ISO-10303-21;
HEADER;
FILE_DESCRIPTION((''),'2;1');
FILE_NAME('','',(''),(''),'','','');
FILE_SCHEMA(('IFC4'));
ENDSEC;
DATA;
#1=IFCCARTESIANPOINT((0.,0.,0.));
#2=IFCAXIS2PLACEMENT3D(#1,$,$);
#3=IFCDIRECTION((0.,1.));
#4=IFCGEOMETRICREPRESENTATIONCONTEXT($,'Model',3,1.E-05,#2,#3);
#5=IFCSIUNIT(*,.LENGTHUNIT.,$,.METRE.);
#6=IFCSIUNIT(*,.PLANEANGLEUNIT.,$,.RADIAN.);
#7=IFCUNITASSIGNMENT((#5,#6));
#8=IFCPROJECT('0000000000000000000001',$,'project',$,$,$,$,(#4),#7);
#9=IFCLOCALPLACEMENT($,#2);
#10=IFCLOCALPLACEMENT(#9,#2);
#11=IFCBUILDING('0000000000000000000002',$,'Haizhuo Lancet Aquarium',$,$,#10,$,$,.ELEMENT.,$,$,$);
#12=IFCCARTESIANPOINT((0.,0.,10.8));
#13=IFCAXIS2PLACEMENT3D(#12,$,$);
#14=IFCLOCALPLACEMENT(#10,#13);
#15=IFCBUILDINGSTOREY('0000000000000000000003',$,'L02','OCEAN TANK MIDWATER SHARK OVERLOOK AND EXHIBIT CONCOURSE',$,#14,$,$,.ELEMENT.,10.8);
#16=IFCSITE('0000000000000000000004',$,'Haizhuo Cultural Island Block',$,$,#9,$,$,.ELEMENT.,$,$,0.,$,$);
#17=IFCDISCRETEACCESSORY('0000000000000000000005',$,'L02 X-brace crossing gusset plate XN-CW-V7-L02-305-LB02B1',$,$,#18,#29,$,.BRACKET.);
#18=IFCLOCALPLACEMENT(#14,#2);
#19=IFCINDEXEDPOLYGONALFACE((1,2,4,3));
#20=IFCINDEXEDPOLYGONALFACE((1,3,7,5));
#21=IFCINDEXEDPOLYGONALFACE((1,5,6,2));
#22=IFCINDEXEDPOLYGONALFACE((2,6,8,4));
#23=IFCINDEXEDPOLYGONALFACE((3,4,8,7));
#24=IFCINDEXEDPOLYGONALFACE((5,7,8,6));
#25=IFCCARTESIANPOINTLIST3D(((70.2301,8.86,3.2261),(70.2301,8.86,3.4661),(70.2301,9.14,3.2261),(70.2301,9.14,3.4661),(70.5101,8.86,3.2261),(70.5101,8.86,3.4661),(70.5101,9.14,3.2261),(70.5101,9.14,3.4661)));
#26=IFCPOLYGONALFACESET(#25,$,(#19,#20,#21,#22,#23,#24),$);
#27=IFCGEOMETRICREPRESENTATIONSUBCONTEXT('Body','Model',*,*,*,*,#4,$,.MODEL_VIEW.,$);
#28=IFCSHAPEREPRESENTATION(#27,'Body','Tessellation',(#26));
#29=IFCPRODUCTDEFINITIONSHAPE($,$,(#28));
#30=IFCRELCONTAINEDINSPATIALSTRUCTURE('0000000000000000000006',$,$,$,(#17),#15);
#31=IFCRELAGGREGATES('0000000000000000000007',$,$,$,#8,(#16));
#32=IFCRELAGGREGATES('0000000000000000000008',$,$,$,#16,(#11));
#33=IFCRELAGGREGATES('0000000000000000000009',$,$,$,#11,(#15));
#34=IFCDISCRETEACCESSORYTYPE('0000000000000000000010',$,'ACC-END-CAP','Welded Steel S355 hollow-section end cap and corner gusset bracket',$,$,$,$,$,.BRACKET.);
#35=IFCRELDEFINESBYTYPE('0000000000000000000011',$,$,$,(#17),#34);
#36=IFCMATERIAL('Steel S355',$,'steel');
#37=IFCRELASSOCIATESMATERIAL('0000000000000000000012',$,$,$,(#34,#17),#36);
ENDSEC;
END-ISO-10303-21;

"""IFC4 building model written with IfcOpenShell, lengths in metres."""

from ifc_helpers import new_model, si_unit, direction, frame, origin, origin_2d, place, context, subcontext, project, spatial, rectangle, extrude, material, type_object, element, save


model = new_model("IFC4")

# Units and contexts
model_context = context("Model", 3, precision=1e-05, world=origin(), true_north=direction((0.0, 1.0)))
body_context = subcontext(model_context, "Body", "Model", "MODEL_VIEW")
ifc_project = project(units=[si_unit("LENGTHUNIT", "METRE"), si_unit("PLANEANGLEUNIT", "RADIAN")], contexts=[model_context])

# Site, building, storey
site_placement = place(None, origin())
site = spatial("IfcSite", under=ifc_project, at=site_placement, Name="Haizhuo Cultural Island Block", CompositionType="ELEMENT", RefElevation=0.0)
building_placement = place(site_placement, origin())
building = spatial("IfcBuilding", under=site, at=building_placement, Name="Haizhuo Lancet Aquarium", CompositionType="ELEMENT")
storey_placement = place(building_placement, frame((0.0, 0.0, 10.8)))
storey = spatial("IfcBuildingStorey", under=building, at=storey_placement, Name="L02", Description="OCEAN TANK MIDWATER SHARK OVERLOOK AND EXHIBIT CONCOURSE", CompositionType="ELEMENT", Elevation=10.8)

# Shared definitions
ifc_material_1 = material(Name="Steel S355", Category="steel")

# Discrete accessory
discrete_accessory_type = type_object("IfcDiscreteAccessoryType", Name="ACC-END-CAP", Description="Welded Steel S355 hollow-section end cap and corner gusset bracket", PredefinedType="BRACKET", material=ifc_material_1)
for number, where, z_axis, x_axis, name in (
    (1, (70.3701, 9.0, 3.2261), (0.0, 0.0, 1.0), (1.0, 0.0, 0.0), "L02 X-brace crossing gusset plate XN-CW-V7-L02-305-LB02B1"),
):
    element("IfcDiscreteAccessory", number, at=place(storey_placement, frame(where, z_axis=z_axis, x_axis=x_axis)), inside=storey, type_object=discrete_accessory_type, material=ifc_material_1, Name=name, PredefinedType="BRACKET", context=body_context, shape_type="SweptSolid", body=[
        extrude(rectangle(XDim=0.28, YDim=0.28, at=origin_2d()), origin(), (0.0, 0.0, 1.0), 0.24),
    ])

save(model, "model.ifc")
